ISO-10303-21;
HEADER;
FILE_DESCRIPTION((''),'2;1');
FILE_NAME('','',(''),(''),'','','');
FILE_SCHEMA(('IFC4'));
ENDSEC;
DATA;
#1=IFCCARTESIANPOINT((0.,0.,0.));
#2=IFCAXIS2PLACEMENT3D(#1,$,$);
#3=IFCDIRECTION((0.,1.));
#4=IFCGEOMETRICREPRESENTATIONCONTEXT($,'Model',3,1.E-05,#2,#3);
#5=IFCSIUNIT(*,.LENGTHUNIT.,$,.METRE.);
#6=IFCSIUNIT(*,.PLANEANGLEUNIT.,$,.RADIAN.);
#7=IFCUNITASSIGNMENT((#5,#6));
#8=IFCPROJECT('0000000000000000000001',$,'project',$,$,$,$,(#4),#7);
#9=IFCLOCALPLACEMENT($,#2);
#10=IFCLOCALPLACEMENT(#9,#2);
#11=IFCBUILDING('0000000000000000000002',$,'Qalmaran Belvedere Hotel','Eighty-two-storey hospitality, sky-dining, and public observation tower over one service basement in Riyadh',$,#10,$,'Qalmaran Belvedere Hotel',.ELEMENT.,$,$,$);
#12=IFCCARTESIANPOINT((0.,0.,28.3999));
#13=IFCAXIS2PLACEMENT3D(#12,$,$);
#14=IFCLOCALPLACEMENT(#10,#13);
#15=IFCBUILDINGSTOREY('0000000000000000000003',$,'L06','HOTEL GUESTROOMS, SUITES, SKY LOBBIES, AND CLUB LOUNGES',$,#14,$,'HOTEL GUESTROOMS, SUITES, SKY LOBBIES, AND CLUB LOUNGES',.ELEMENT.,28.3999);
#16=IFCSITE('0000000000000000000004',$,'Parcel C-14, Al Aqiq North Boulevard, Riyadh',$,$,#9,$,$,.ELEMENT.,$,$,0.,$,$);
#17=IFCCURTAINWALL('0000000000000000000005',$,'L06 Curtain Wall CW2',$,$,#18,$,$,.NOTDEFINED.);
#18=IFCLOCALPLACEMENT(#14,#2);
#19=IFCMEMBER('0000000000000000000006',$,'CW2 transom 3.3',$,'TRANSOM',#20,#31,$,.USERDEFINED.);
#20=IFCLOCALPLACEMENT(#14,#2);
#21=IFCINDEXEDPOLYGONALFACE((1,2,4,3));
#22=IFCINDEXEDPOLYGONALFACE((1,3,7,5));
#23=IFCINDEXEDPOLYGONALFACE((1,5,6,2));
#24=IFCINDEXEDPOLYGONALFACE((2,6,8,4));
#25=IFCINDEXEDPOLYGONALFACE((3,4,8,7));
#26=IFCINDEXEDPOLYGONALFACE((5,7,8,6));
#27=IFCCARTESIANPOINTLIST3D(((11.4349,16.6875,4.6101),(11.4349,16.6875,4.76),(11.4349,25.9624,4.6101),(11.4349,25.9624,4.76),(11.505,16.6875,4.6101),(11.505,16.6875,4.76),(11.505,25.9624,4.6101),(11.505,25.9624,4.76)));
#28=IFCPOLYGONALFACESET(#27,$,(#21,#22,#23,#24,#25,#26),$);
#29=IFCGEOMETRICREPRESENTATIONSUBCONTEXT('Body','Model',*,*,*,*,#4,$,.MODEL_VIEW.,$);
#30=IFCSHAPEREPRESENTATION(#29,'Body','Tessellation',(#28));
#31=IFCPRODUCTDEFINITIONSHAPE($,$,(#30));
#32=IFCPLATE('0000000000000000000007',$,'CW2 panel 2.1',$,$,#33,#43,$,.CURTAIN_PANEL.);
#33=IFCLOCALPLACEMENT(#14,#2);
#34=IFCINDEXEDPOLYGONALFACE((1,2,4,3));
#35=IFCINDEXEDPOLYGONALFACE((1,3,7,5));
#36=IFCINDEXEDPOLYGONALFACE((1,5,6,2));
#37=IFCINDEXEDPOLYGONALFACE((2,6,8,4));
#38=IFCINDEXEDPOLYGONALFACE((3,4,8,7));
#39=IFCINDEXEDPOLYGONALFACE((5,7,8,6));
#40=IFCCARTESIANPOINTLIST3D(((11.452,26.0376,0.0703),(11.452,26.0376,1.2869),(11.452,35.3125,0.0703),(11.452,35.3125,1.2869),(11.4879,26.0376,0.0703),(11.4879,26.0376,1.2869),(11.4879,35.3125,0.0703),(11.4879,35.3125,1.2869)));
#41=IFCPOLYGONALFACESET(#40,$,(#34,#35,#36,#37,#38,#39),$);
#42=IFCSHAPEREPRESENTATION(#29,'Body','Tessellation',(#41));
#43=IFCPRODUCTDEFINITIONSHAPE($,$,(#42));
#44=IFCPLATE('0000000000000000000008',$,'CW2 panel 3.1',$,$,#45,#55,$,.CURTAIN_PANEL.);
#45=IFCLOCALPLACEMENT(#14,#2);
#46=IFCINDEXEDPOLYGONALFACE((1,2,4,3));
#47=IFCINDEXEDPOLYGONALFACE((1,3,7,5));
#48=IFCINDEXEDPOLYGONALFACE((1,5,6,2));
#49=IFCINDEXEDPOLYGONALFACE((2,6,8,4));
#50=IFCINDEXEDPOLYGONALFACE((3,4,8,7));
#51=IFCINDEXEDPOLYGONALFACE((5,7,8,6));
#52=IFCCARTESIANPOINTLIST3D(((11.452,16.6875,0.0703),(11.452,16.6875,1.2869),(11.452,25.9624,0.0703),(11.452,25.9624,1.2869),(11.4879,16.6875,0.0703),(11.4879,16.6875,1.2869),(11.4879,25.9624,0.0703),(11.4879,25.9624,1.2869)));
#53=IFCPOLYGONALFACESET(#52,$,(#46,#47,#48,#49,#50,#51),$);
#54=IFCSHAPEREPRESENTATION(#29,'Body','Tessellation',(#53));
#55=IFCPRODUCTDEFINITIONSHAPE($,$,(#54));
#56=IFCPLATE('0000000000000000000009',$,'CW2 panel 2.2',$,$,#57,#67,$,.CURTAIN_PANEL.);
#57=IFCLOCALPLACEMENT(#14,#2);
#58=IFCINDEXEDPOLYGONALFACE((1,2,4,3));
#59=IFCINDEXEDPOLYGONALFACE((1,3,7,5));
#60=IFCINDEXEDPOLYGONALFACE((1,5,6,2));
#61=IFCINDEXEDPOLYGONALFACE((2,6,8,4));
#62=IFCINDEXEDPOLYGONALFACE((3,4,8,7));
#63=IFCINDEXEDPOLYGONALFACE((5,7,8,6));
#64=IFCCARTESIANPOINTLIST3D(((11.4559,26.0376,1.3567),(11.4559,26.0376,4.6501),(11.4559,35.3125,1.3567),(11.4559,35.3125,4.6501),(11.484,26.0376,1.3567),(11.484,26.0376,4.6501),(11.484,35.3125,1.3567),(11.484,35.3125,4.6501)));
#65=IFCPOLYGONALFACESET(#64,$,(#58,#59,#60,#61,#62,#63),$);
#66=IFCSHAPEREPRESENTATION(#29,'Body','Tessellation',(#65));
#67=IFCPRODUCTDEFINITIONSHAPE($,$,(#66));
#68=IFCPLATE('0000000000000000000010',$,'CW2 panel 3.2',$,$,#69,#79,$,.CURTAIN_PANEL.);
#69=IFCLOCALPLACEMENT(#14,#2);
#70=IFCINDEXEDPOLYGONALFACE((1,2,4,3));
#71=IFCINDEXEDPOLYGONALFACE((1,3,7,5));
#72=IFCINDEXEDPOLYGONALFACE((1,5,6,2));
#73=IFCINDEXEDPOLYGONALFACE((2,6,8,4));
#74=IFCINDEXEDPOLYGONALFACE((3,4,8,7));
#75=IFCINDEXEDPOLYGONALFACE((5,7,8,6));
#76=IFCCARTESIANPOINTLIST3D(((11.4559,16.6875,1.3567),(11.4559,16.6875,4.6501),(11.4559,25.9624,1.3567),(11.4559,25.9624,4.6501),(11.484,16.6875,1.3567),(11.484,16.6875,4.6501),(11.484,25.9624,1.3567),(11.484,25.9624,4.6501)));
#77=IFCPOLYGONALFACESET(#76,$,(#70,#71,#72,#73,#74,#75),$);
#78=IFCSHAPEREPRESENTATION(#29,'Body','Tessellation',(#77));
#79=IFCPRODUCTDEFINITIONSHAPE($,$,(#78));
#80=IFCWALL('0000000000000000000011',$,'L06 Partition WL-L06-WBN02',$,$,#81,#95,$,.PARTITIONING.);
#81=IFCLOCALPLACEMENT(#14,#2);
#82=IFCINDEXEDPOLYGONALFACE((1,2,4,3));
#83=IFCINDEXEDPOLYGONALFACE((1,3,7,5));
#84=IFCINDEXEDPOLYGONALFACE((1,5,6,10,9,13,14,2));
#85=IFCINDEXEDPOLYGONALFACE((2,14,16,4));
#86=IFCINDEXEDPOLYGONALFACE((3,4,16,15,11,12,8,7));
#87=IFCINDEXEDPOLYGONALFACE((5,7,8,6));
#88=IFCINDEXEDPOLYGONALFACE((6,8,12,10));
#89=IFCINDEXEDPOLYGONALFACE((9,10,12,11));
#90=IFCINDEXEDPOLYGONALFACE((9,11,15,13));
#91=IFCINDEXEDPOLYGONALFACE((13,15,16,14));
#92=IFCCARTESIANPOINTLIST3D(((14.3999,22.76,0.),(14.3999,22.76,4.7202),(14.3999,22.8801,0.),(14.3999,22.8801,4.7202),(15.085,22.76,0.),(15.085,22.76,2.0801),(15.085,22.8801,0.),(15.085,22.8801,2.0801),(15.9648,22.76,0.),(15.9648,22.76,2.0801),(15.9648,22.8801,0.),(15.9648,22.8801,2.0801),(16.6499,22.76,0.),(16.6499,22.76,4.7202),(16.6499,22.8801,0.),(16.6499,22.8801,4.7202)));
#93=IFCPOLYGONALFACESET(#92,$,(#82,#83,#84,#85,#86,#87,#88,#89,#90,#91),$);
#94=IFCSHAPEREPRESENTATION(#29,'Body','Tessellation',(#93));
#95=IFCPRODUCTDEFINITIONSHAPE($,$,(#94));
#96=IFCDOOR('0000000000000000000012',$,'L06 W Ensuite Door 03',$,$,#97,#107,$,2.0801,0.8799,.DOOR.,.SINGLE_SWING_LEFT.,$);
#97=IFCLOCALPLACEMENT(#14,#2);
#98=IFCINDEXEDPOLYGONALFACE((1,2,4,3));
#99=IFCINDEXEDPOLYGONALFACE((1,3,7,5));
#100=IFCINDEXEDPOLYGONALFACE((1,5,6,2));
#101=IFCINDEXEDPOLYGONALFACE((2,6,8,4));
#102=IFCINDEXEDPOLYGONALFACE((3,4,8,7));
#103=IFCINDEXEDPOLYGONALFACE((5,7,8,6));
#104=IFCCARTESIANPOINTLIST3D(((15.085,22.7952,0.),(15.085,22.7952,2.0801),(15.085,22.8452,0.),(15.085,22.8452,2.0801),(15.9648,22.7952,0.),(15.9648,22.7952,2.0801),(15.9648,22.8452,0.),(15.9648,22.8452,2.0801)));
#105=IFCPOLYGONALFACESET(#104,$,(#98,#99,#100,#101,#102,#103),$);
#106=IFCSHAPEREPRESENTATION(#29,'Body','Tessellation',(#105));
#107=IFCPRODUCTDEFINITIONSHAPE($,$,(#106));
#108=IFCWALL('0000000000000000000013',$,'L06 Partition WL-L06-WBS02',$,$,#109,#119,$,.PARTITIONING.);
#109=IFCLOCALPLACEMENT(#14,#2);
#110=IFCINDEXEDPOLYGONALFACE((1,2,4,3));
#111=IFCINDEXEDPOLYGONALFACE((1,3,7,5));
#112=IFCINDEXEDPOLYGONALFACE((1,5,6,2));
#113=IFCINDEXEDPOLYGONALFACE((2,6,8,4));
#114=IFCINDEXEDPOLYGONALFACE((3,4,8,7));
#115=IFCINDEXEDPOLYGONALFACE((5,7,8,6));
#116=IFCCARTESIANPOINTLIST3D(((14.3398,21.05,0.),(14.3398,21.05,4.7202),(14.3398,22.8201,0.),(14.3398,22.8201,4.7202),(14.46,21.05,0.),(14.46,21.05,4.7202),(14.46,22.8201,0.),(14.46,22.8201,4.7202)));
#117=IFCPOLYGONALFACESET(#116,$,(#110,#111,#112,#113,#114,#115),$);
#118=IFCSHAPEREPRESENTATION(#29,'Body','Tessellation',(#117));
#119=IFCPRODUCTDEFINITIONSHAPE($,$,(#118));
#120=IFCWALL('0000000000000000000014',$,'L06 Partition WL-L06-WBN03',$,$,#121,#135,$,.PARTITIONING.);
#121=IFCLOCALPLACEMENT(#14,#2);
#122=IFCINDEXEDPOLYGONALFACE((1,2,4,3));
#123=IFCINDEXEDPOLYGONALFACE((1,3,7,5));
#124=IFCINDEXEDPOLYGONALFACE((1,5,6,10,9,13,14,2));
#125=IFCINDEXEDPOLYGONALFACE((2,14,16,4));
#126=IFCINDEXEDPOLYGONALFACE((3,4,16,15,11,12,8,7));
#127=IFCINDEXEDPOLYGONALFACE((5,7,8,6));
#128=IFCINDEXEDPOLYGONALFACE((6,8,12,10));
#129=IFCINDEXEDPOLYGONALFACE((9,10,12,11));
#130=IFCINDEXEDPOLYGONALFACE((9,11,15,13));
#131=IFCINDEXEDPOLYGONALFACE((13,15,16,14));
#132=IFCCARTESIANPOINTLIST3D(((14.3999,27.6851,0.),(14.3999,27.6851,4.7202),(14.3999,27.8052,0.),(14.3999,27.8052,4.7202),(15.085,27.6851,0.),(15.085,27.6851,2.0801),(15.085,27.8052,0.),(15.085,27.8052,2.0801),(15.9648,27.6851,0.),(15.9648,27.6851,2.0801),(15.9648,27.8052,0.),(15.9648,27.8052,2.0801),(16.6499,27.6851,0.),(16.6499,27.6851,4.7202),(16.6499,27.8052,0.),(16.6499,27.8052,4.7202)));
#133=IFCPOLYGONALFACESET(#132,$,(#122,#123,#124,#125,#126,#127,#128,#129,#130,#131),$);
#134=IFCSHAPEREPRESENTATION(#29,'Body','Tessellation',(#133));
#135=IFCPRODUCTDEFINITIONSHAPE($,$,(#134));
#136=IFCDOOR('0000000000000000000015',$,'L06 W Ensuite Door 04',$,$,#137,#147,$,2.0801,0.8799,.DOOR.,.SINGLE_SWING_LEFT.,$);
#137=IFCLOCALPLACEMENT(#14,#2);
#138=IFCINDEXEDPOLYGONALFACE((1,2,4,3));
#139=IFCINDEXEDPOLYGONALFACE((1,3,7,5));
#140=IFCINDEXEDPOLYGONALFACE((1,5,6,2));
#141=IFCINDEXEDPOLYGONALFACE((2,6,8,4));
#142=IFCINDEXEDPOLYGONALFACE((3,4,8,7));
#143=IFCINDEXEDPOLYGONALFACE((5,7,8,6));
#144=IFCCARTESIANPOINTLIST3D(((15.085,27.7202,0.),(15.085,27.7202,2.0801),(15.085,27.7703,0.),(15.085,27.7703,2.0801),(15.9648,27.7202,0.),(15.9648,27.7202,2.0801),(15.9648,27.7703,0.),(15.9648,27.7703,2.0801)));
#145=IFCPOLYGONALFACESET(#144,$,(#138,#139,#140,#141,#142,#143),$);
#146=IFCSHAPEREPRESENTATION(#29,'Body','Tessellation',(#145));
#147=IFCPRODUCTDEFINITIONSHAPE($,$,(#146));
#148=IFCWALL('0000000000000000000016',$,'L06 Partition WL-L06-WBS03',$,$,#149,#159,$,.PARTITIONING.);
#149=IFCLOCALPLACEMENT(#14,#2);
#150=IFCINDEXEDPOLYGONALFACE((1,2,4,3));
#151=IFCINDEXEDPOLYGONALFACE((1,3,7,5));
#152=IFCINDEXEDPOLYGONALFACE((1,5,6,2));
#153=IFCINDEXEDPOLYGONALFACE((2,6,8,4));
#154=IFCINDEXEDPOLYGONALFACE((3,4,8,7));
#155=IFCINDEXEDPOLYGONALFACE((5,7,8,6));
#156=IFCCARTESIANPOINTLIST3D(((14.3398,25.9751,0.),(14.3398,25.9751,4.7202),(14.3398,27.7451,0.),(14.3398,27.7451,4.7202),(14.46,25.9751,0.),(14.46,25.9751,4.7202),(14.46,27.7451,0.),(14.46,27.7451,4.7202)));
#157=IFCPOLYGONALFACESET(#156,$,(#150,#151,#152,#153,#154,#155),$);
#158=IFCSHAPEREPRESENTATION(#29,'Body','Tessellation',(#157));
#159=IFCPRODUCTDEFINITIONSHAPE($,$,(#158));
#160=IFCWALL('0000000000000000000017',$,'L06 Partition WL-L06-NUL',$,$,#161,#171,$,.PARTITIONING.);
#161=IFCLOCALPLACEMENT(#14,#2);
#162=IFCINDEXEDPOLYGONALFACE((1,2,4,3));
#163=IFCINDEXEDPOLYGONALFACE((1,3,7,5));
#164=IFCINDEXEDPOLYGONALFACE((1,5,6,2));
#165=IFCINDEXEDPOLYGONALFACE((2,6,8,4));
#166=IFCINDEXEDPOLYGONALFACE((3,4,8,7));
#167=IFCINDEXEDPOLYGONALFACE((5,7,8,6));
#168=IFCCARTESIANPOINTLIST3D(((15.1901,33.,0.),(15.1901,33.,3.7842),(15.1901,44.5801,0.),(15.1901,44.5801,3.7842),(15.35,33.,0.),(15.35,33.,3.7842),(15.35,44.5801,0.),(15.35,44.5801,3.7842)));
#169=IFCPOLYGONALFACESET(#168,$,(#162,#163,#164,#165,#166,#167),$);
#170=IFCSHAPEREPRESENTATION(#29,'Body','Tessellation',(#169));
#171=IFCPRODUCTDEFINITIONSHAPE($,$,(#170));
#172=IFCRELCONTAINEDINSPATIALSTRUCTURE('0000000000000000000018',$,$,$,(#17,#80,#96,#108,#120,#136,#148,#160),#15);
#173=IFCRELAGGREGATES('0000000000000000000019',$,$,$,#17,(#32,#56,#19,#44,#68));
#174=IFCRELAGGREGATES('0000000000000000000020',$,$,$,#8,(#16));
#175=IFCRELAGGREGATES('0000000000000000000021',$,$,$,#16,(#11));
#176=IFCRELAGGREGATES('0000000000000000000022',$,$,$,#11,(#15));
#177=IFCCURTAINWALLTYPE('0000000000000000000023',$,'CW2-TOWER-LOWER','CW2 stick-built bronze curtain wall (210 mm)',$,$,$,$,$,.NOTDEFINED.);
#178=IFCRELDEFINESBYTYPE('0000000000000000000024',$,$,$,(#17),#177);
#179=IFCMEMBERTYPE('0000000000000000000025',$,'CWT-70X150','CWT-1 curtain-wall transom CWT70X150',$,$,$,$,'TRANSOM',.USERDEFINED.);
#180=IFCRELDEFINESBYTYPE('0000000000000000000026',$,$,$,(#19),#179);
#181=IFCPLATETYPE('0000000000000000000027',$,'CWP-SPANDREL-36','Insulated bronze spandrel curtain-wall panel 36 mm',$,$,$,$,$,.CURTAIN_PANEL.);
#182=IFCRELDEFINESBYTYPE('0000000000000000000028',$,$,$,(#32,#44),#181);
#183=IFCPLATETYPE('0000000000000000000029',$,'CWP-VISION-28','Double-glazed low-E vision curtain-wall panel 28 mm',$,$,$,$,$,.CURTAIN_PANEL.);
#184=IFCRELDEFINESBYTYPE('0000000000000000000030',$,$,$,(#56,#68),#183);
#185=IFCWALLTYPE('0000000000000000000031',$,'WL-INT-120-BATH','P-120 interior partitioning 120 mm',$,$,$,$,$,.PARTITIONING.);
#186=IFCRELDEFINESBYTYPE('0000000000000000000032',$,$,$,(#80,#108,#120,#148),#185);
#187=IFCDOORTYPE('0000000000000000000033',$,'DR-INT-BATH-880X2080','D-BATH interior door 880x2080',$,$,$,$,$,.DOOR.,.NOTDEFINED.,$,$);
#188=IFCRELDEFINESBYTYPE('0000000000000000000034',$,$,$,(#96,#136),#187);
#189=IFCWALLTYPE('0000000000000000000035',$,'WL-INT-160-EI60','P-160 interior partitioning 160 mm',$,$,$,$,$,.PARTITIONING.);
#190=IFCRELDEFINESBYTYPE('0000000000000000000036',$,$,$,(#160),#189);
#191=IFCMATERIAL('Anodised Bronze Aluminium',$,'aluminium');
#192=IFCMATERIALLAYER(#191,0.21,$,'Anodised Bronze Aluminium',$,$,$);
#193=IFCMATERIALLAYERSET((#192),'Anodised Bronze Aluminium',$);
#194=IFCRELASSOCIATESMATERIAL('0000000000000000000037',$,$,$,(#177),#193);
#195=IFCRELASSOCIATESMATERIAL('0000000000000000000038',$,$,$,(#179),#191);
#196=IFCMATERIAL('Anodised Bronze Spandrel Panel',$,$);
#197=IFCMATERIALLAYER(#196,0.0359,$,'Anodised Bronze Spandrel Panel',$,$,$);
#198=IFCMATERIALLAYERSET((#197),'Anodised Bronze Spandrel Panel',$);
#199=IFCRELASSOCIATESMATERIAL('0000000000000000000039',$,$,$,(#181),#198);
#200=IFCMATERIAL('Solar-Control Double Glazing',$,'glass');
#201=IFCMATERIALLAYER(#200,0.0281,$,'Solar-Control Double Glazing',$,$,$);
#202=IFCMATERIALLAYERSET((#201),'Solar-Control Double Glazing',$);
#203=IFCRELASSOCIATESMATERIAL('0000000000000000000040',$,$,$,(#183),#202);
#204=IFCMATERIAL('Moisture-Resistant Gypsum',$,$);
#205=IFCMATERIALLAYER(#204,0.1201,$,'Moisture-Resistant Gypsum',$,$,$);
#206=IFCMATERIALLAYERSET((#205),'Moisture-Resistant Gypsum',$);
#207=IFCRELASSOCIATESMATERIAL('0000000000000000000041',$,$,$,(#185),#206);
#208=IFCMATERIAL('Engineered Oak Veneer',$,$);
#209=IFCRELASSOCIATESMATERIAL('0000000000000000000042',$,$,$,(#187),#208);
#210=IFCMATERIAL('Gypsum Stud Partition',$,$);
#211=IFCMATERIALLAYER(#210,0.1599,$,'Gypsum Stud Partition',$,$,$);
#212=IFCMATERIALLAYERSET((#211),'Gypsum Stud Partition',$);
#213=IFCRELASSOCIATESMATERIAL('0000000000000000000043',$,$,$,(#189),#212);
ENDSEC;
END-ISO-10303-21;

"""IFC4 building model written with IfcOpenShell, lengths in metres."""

from ifc_helpers import new_model, si_unit, direction, frame, frame_2d, origin, origin_2d, place, context, subcontext, project, spatial, rectangle, extrude, material, layer, layer_set, material_profile, profile_set, type_object, element, fill, aggregate, save


model = new_model("IFC4")

# Units and contexts
model_context = context("Model", 3, precision=1e-05, world=origin(), true_north=direction((0.0, 1.0)))
body_context = subcontext(model_context, "Body", "Model", "MODEL_VIEW")
ifc_project = project(units=[si_unit("LENGTHUNIT", "METRE"), si_unit("PLANEANGLEUNIT", "RADIAN")], contexts=[model_context])

# Site, building, storey
site_placement = place(None, origin())
site = spatial("IfcSite", under=ifc_project, at=site_placement, Name="Parcel C-14, Al Aqiq North Boulevard, Riyadh", CompositionType="ELEMENT", RefElevation=0.0)
building_placement = place(site_placement, origin())
building = spatial("IfcBuilding", under=site, at=building_placement, Name="Qalmaran Belvedere Hotel", Description="Eighty-two-storey hospitality, sky-dining, and public observation tower over one service basement in Riyadh", LongName="Qalmaran Belvedere Hotel", CompositionType="ELEMENT")
storey_placement = place(building_placement, frame((0.0, 0.0, 28.3999)))
storey = spatial("IfcBuildingStorey", under=building, at=storey_placement, Name="L06", Description="HOTEL GUESTROOMS, SUITES, SKY LOBBIES, AND CLUB LOUNGES", LongName="HOTEL GUESTROOMS, SUITES, SKY LOBBIES, AND CLUB LOUNGES", CompositionType="ELEMENT", Elevation=28.3999)

# Curtain wall, member, plates
ifc_material_1 = material(Name="Anodised Bronze Aluminium", Category="aluminium")
ifc_layer_1 = layer(ifc_material_1, 0.21, Name="Anodised Bronze Aluminium")
ifc_layer_set_1 = layer_set([ifc_layer_1], Name="Anodised Bronze Aluminium")
curtain_wall_type = type_object("IfcCurtainWallType", Name="CW2-TOWER-LOWER", Description="CW2 stick-built bronze curtain wall (210 mm)", PredefinedType="NOTDEFINED", material=ifc_layer_set_1)
curtain_wall_placement = place(storey_placement, origin())
curtain_wall = element("IfcCurtainWall", 1, at=curtain_wall_placement, inside=storey, type_object=curtain_wall_type, Name="L06 Curtain Wall CW2", PredefinedType="NOTDEFINED")
ifc_material_profile_1 = material_profile(ifc_material_1, rectangle(XDim=0.0701, YDim=0.1499, at=origin_2d()), Name="CWT70X150")
ifc_profile_set_1 = profile_set([ifc_material_profile_1], Name="Anodised Bronze Aluminium")
member_type_1 = type_object("IfcMemberType", Name="CWT-70X150", Description="CWT-1 curtain-wall transom CWT70X150", ElementType="TRANSOM", PredefinedType="USERDEFINED", material=ifc_profile_set_1)
member_1_placement = place(storey_placement, frame((11.47, 25.9624, 4.6851), z_axis=(0.0, -1.0, 0.0), x_axis=(1.0, 0.0, 0.0)))
member_1 = element("IfcMember", 2, at=member_1_placement, type_object=member_type_1, Name="CW2 transom 3.3", ObjectType="TRANSOM", PredefinedType="USERDEFINED", context=body_context, shape_type="SweptSolid", body=[
    extrude(rectangle(XDim=0.0701, YDim=0.1499, at=origin_2d()), origin(), (0.0, 0.0, 1.0), 9.2749),
])
ifc_material_2 = material(Name="Anodised Bronze Spandrel Panel")
ifc_layer_2 = layer(ifc_material_2, 0.0359, Name="Anodised Bronze Spandrel Panel")
ifc_layer_set_2 = layer_set([ifc_layer_2], Name="Anodised Bronze Spandrel Panel")
plate_type_1 = type_object("IfcPlateType", Name="CWP-SPANDREL-36", Description="Insulated bronze spandrel curtain-wall panel 36 mm", PredefinedType="CURTAIN_PANEL", material=ifc_layer_set_2)
plate_1_placement = place(storey_placement, frame((11.47, 30.675, 0.0703), z_axis=(0.0, 0.0, 1.0), x_axis=(0.0, -1.0, 0.0)))
plate_1 = element("IfcPlate", 3, at=plate_1_placement, type_object=plate_type_1, Name="CW2 panel 2.1", PredefinedType="CURTAIN_PANEL", context=body_context, shape_type="SweptSolid", body=[
    extrude(rectangle(XDim=9.2749, YDim=0.0359, at=origin_2d()), origin(), (0.0, 0.0, 1.0), 1.2166),
])
plate_2_placement = place(storey_placement, frame((11.47, 21.325, 0.0703), z_axis=(0.0, 0.0, 1.0), x_axis=(0.0, -1.0, 0.0)))
plate_2 = element("IfcPlate", 4, at=plate_2_placement, type_object=plate_type_1, Name="CW2 panel 3.1", PredefinedType="CURTAIN_PANEL", context=body_context, shape_type="SweptSolid", body=[
    extrude(rectangle(XDim=9.2749, YDim=0.0359, at=origin_2d()), origin(), (0.0, 0.0, 1.0), 1.2166),
])
ifc_material_3 = material(Name="Solar-Control Double Glazing", Category="glass")
ifc_layer_3 = layer(ifc_material_3, 0.0281, Name="Solar-Control Double Glazing")
ifc_layer_set_3 = layer_set([ifc_layer_3], Name="Solar-Control Double Glazing")
plate_type_2 = type_object("IfcPlateType", Name="CWP-VISION-28", Description="Double-glazed low-E vision curtain-wall panel 28 mm", PredefinedType="CURTAIN_PANEL", material=ifc_layer_set_3)
plate_3_placement = place(storey_placement, frame((11.47, 30.675, 1.3567), z_axis=(0.0, 0.0, 1.0), x_axis=(0.0, -1.0, 0.0)))
plate_3 = element("IfcPlate", 5, at=plate_3_placement, type_object=plate_type_2, Name="CW2 panel 2.2", PredefinedType="CURTAIN_PANEL", context=body_context, shape_type="SweptSolid", body=[
    extrude(rectangle(XDim=9.2749, YDim=0.0281, at=origin_2d()), origin(), (0.0, 0.0, 1.0), 3.2935),
])
plate_4_placement = place(storey_placement, frame((11.47, 21.325, 1.3567), z_axis=(0.0, 0.0, 1.0), x_axis=(0.0, -1.0, 0.0)))
plate_4 = element("IfcPlate", 6, at=plate_4_placement, type_object=plate_type_2, Name="CW2 panel 3.2", PredefinedType="CURTAIN_PANEL", context=body_context, shape_type="SweptSolid", body=[
    extrude(rectangle(XDim=9.2749, YDim=0.0281, at=origin_2d()), origin(), (0.0, 0.0, 1.0), 3.2935),
])
aggregate(curtain_wall, [plate_1, plate_3, member_1, plate_2, plate_4])

# Wall, opening, door
ifc_material_4 = material(Name="Moisture-Resistant Gypsum")
ifc_layer_4 = layer(ifc_material_4, 0.1201, Name="Moisture-Resistant Gypsum")
ifc_layer_set_4 = layer_set([ifc_layer_4], Name="Moisture-Resistant Gypsum")
wall_type_1 = type_object("IfcWallType", Name="WL-INT-120-BATH", Description="P-120 interior partitioning 120 mm", PredefinedType="PARTITIONING", material=ifc_layer_set_4)
wall_1_placement = place(storey_placement, frame((14.3999, 22.8201, 0.0), z_axis=(0.0, 0.0, 1.0), x_axis=(1.0, 0.0, 0.0)))
wall_1 = element("IfcWall", 7, at=wall_1_placement, inside=storey, type_object=wall_type_1, Name="L06 Partition WL-L06-WBN02", PredefinedType="PARTITIONING", context=body_context, shape_type="SweptSolid", body=[
    extrude(rectangle(XDim=2.25, YDim=0.1201, at=frame_2d((1.125, 0.0))), origin(), (0.0, 0.0, 1.0), 4.7202),
])
opening_1_placement = place(wall_1_placement, frame((1.5649, 0.0, 0.0), z_axis=(0.0, 0.0, 1.0), x_axis=(-1.0, 0.0, 0.0)))
opening_1 = element("IfcOpeningElement", 8, at=opening_1_placement, cuts=wall_1, PredefinedType="OPENING", context=body_context, shape_type="SweptSolid", body=[
    extrude(rectangle(XDim=0.8799, YDim=2.0801, at=frame_2d((0.4399, 1.04))), frame((0.0, 0.0701, 0.0), z_axis=(0.0, -1.0, 0.0), x_axis=(1.0, 0.0, 0.0)), (0.0, 0.0, 1.0), 0.1401),
])
ifc_material_5 = material(Name="Engineered Oak Veneer")
door_type_1 = type_object("IfcDoorType", Name="DR-INT-BATH-880X2080", Description="D-BATH interior door 880x2080", OperationType="NOTDEFINED", PredefinedType="DOOR", material=ifc_material_5)
door_1_placement = place(opening_1_placement, origin())
door_1 = element("IfcDoor", 9, at=door_1_placement, inside=storey, type_object=door_type_1, Name="L06 W Ensuite Door 03", OperationType="SINGLE_SWING_LEFT", OverallHeight=2.0801, OverallWidth=0.8799, PredefinedType="DOOR", context=body_context, shape_type="SweptSolid", body=[
    extrude(rectangle(XDim=0.8799, YDim=2.0801, at=frame_2d((0.4399, 1.04))), frame((0.0, 0.0249, 0.0), z_axis=(0.0, -1.0, 0.0), x_axis=(1.0, 0.0, 0.0)), (0.0, 0.0, 1.0), 0.05),
])
fill(opening_1, door_1)

# Wall
wall_2_placement = place(storey_placement, frame((14.3999, 21.05, 0.0), z_axis=(0.0, 0.0, 1.0), x_axis=(0.0, 1.0, 0.0)))
element("IfcWall", 10, at=wall_2_placement, inside=storey, type_object=wall_type_1, Name="L06 Partition WL-L06-WBS02", PredefinedType="PARTITIONING", context=body_context, shape_type="SweptSolid", body=[
    extrude(rectangle(XDim=1.77, YDim=0.1201, at=frame_2d((0.885, 0.0))), origin(), (0.0, 0.0, 1.0), 4.7202),
])

# Wall, opening, door
wall_3_placement = place(storey_placement, frame((14.3999, 27.7451, 0.0), z_axis=(0.0, 0.0, 1.0), x_axis=(1.0, 0.0, 0.0)))
wall_3 = element("IfcWall", 11, at=wall_3_placement, inside=storey, type_object=wall_type_1, Name="L06 Partition WL-L06-WBN03", PredefinedType="PARTITIONING", context=body_context, shape_type="SweptSolid", body=[
    extrude(rectangle(XDim=2.25, YDim=0.1201, at=frame_2d((1.125, 0.0))), origin(), (0.0, 0.0, 1.0), 4.7202),
])
opening_2_placement = place(wall_3_placement, frame((1.5649, 0.0, 0.0), z_axis=(0.0, 0.0, 1.0), x_axis=(-1.0, 0.0, 0.0)))
opening_2 = element("IfcOpeningElement", 12, at=opening_2_placement, cuts=wall_3, PredefinedType="OPENING", context=body_context, shape_type="SweptSolid", body=[
    extrude(rectangle(XDim=0.8799, YDim=2.0801, at=frame_2d((0.4399, 1.04))), frame((0.0, 0.0701, 0.0), z_axis=(0.0, -1.0, 0.0), x_axis=(1.0, 0.0, 0.0)), (0.0, 0.0, 1.0), 0.1401),
])
door_2_placement = place(opening_2_placement, origin())
door_2 = element("IfcDoor", 13, at=door_2_placement, inside=storey, type_object=door_type_1, Name="L06 W Ensuite Door 04", OperationType="SINGLE_SWING_LEFT", OverallHeight=2.0801, OverallWidth=0.8799, PredefinedType="DOOR", context=body_context, shape_type="SweptSolid", body=[
    extrude(rectangle(XDim=0.8799, YDim=2.0801, at=frame_2d((0.4399, 1.04))), frame((0.0, 0.0249, 0.0), z_axis=(0.0, -1.0, 0.0), x_axis=(1.0, 0.0, 0.0)), (0.0, 0.0, 1.0), 0.05),
])
fill(opening_2, door_2)

# Walls
wall_4_placement = place(storey_placement, frame((14.3999, 25.9751, 0.0), z_axis=(0.0, 0.0, 1.0), x_axis=(0.0, 1.0, 0.0)))
element("IfcWall", 14, at=wall_4_placement, inside=storey, type_object=wall_type_1, Name="L06 Partition WL-L06-WBS03", PredefinedType="PARTITIONING", context=body_context, shape_type="SweptSolid", body=[
    extrude(rectangle(XDim=1.77, YDim=0.1201, at=frame_2d((0.885, 0.0))), origin(), (0.0, 0.0, 1.0), 4.7202),
])
ifc_material_6 = material(Name="Gypsum Stud Partition")
ifc_layer_5 = layer(ifc_material_6, 0.1599, Name="Gypsum Stud Partition")
ifc_layer_set_5 = layer_set([ifc_layer_5], Name="Gypsum Stud Partition")
wall_type_2 = type_object("IfcWallType", Name="WL-INT-160-EI60", Description="P-160 interior partitioning 160 mm", PredefinedType="PARTITIONING", material=ifc_layer_set_5)
wall_5_placement = place(storey_placement, frame((15.27, 33.0, 0.0), z_axis=(0.0, 0.0, 1.0), x_axis=(0.0, 1.0, 0.0)))
element("IfcWall", 15, at=wall_5_placement, inside=storey, type_object=wall_type_2, Name="L06 Partition WL-L06-NUL", PredefinedType="PARTITIONING", context=body_context, shape_type="SweptSolid", body=[
    extrude(rectangle(XDim=11.5801, YDim=0.1599, at=frame_2d((5.79, 0.0))), origin(), (0.0, 0.0, 1.0), 3.7842),
])

save(model, "model.ifc")
